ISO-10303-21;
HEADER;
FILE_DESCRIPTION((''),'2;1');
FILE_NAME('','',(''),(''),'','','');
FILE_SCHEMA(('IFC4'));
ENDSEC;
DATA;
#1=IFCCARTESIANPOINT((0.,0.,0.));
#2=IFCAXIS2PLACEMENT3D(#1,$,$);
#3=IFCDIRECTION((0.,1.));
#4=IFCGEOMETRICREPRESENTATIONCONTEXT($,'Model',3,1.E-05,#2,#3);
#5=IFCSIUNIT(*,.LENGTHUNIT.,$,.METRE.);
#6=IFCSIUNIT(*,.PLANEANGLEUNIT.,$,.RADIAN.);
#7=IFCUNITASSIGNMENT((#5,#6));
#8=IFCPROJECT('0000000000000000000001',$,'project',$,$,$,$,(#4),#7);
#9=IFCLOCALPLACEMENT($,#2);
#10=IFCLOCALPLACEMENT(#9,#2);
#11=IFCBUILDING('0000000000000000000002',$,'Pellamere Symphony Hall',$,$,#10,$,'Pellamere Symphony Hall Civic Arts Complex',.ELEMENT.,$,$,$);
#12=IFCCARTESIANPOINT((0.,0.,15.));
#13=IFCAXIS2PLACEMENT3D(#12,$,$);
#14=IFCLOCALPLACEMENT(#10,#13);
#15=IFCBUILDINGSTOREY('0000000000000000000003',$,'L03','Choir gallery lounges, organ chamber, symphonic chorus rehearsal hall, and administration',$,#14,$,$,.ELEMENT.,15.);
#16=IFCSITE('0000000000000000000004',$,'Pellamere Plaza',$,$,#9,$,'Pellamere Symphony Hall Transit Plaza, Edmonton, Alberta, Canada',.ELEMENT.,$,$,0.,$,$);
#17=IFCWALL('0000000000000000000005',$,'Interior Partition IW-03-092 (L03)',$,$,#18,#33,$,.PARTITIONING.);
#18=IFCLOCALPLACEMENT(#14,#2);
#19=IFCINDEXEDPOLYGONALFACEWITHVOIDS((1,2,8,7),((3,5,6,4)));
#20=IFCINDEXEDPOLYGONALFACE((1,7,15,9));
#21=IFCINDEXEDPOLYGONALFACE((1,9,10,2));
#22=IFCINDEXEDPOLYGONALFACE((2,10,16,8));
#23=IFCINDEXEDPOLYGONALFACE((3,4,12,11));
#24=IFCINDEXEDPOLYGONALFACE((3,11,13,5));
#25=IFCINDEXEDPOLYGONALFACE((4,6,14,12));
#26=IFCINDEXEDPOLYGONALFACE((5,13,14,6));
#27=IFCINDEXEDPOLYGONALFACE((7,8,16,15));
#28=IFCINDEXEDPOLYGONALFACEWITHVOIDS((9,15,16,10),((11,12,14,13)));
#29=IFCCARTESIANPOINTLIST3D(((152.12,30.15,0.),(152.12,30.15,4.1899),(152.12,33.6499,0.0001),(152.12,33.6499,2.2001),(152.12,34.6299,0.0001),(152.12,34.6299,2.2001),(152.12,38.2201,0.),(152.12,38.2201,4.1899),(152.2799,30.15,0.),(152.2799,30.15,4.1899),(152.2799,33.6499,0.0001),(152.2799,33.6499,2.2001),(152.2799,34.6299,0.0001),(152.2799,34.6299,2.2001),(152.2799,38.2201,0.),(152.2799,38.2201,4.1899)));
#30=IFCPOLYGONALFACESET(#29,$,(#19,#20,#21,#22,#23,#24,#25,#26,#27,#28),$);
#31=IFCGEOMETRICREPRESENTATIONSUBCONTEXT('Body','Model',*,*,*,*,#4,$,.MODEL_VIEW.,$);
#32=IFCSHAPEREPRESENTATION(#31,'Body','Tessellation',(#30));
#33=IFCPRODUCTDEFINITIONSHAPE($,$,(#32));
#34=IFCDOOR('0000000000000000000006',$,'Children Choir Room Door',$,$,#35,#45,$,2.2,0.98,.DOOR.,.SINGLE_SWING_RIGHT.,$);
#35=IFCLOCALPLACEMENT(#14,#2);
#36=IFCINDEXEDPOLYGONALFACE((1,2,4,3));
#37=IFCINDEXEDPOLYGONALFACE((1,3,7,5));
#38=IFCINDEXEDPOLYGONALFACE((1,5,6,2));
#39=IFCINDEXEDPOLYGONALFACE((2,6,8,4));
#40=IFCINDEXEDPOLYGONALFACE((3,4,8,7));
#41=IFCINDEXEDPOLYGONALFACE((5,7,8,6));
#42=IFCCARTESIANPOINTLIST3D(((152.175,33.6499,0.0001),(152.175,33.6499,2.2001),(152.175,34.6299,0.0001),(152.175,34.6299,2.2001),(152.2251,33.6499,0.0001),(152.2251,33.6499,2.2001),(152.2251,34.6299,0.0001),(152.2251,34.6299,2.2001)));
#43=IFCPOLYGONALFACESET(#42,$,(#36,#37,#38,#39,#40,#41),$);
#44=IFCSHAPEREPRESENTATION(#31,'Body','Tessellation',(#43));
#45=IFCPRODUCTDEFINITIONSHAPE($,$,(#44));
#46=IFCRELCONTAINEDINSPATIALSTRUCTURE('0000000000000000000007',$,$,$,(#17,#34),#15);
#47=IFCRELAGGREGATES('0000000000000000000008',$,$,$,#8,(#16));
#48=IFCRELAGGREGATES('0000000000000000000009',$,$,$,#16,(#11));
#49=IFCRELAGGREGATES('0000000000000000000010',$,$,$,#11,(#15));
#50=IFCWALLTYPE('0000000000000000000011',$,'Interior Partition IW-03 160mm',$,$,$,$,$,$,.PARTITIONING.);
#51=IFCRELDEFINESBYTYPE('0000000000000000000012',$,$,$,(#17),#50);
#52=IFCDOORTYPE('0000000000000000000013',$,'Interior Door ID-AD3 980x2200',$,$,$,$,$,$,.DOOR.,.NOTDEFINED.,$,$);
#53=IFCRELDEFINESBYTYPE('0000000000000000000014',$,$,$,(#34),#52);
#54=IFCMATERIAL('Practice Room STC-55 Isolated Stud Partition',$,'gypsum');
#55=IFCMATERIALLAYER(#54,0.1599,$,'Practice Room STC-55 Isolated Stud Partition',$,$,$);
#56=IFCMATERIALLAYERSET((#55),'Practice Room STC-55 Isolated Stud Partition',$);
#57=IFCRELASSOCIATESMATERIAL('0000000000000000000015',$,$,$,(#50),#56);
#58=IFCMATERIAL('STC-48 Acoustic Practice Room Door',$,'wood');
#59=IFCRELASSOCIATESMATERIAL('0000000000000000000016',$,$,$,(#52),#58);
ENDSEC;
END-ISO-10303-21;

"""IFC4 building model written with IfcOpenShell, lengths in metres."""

from ifc_helpers import new_model, si_unit, direction, frame, frame_2d, origin, place, context, subcontext, project, spatial, rectangle, extrude, material, layer, layer_set, type_object, element, fill, save


model = new_model("IFC4")

# Units and contexts
model_context = context("Model", 3, precision=1e-05, world=origin(), true_north=direction((0.0, 1.0)))
body_context = subcontext(model_context, "Body", "Model", "MODEL_VIEW")
ifc_project = project(units=[si_unit("LENGTHUNIT", "METRE"), si_unit("PLANEANGLEUNIT", "RADIAN")], contexts=[model_context])

# Site, building, storey
site_placement = place(None, origin())
site = spatial("IfcSite", under=ifc_project, at=site_placement, Name="Pellamere Plaza", LongName="Pellamere Symphony Hall Transit Plaza, Edmonton, Alberta, Canada", CompositionType="ELEMENT", RefElevation=0.0)
building_placement = place(site_placement, origin())
building = spatial("IfcBuilding", under=site, at=building_placement, Name="Pellamere Symphony Hall", LongName="Pellamere Symphony Hall Civic Arts Complex", CompositionType="ELEMENT")
storey_placement = place(building_placement, frame((0.0, 0.0, 15.0)))
storey = spatial("IfcBuildingStorey", under=building, at=storey_placement, Name="L03", Description="Choir gallery lounges, organ chamber, symphonic chorus rehearsal hall, and administration", CompositionType="ELEMENT", Elevation=15.0)

# Wall, opening, door
ifc_material_1 = material(Name="Practice Room STC-55 Isolated Stud Partition", Category="gypsum")
ifc_layer_1 = layer(ifc_material_1, 0.1599, Name="Practice Room STC-55 Isolated Stud Partition")
ifc_layer_set_1 = layer_set([ifc_layer_1], Name="Practice Room STC-55 Isolated Stud Partition")
wall_type_1 = type_object("IfcWallType", Name="Interior Partition IW-03 160mm", PredefinedType="PARTITIONING", material=ifc_layer_set_1)
wall_1_placement = place(storey_placement, frame((152.2, 30.1499, 0.0), z_axis=(0.0, 0.0, 1.0), x_axis=(0.0, 1.0, 0.0)))
wall_1 = element("IfcWall", 1, at=wall_1_placement, inside=storey, type_object=wall_type_1, Name="Interior Partition IW-03-092 (L03)", PredefinedType="PARTITIONING", context=body_context, shape_type="SweptSolid", body=[
    extrude(rectangle(XDim=8.0701, YDim=0.1599, at=frame_2d((4.0352, 0.0))), origin(), (0.0, 0.0, 1.0), 4.1899),
])
opening_1_placement = place(wall_1_placement, frame((3.5, 0.0, 0.0)))
opening_1 = element("IfcOpeningElement", 2, at=opening_1_placement, cuts=wall_1, PredefinedType="OPENING", context=body_context, shape_type="SweptSolid", body=[
    extrude(rectangle(XDim=0.98, YDim=2.2, at=frame_2d((0.49, 1.1001))), frame((0.0, 0.0898, 0.0), z_axis=(0.0, -1.0, 0.0), x_axis=(1.0, 0.0, 0.0)), (0.0, 0.0, 1.0), 0.1799),
])
ifc_material_2 = material(Name="STC-48 Acoustic Practice Room Door", Category="wood")
door_type_1 = type_object("IfcDoorType", Name="Interior Door ID-AD3 980x2200", OperationType="NOTDEFINED", PredefinedType="DOOR", material=ifc_material_2)
door_1_placement = place(opening_1_placement, origin())
door_1 = element("IfcDoor", 3, at=door_1_placement, inside=storey, type_object=door_type_1, Name="Children Choir Room Door", OperationType="SINGLE_SWING_RIGHT", OverallHeight=2.2, OverallWidth=0.98, PredefinedType="DOOR", context=body_context, shape_type="SweptSolid", body=[
    extrude(rectangle(XDim=0.98, YDim=2.2, at=frame_2d((0.49, 1.1001))), frame((0.0, 0.0249, 0.0), z_axis=(0.0, -1.0, 0.0), x_axis=(1.0, 0.0, 0.0)), (0.0, 0.0, 1.0), 0.05),
])
fill(opening_1, door_1)

save(model, "model.ifc")
